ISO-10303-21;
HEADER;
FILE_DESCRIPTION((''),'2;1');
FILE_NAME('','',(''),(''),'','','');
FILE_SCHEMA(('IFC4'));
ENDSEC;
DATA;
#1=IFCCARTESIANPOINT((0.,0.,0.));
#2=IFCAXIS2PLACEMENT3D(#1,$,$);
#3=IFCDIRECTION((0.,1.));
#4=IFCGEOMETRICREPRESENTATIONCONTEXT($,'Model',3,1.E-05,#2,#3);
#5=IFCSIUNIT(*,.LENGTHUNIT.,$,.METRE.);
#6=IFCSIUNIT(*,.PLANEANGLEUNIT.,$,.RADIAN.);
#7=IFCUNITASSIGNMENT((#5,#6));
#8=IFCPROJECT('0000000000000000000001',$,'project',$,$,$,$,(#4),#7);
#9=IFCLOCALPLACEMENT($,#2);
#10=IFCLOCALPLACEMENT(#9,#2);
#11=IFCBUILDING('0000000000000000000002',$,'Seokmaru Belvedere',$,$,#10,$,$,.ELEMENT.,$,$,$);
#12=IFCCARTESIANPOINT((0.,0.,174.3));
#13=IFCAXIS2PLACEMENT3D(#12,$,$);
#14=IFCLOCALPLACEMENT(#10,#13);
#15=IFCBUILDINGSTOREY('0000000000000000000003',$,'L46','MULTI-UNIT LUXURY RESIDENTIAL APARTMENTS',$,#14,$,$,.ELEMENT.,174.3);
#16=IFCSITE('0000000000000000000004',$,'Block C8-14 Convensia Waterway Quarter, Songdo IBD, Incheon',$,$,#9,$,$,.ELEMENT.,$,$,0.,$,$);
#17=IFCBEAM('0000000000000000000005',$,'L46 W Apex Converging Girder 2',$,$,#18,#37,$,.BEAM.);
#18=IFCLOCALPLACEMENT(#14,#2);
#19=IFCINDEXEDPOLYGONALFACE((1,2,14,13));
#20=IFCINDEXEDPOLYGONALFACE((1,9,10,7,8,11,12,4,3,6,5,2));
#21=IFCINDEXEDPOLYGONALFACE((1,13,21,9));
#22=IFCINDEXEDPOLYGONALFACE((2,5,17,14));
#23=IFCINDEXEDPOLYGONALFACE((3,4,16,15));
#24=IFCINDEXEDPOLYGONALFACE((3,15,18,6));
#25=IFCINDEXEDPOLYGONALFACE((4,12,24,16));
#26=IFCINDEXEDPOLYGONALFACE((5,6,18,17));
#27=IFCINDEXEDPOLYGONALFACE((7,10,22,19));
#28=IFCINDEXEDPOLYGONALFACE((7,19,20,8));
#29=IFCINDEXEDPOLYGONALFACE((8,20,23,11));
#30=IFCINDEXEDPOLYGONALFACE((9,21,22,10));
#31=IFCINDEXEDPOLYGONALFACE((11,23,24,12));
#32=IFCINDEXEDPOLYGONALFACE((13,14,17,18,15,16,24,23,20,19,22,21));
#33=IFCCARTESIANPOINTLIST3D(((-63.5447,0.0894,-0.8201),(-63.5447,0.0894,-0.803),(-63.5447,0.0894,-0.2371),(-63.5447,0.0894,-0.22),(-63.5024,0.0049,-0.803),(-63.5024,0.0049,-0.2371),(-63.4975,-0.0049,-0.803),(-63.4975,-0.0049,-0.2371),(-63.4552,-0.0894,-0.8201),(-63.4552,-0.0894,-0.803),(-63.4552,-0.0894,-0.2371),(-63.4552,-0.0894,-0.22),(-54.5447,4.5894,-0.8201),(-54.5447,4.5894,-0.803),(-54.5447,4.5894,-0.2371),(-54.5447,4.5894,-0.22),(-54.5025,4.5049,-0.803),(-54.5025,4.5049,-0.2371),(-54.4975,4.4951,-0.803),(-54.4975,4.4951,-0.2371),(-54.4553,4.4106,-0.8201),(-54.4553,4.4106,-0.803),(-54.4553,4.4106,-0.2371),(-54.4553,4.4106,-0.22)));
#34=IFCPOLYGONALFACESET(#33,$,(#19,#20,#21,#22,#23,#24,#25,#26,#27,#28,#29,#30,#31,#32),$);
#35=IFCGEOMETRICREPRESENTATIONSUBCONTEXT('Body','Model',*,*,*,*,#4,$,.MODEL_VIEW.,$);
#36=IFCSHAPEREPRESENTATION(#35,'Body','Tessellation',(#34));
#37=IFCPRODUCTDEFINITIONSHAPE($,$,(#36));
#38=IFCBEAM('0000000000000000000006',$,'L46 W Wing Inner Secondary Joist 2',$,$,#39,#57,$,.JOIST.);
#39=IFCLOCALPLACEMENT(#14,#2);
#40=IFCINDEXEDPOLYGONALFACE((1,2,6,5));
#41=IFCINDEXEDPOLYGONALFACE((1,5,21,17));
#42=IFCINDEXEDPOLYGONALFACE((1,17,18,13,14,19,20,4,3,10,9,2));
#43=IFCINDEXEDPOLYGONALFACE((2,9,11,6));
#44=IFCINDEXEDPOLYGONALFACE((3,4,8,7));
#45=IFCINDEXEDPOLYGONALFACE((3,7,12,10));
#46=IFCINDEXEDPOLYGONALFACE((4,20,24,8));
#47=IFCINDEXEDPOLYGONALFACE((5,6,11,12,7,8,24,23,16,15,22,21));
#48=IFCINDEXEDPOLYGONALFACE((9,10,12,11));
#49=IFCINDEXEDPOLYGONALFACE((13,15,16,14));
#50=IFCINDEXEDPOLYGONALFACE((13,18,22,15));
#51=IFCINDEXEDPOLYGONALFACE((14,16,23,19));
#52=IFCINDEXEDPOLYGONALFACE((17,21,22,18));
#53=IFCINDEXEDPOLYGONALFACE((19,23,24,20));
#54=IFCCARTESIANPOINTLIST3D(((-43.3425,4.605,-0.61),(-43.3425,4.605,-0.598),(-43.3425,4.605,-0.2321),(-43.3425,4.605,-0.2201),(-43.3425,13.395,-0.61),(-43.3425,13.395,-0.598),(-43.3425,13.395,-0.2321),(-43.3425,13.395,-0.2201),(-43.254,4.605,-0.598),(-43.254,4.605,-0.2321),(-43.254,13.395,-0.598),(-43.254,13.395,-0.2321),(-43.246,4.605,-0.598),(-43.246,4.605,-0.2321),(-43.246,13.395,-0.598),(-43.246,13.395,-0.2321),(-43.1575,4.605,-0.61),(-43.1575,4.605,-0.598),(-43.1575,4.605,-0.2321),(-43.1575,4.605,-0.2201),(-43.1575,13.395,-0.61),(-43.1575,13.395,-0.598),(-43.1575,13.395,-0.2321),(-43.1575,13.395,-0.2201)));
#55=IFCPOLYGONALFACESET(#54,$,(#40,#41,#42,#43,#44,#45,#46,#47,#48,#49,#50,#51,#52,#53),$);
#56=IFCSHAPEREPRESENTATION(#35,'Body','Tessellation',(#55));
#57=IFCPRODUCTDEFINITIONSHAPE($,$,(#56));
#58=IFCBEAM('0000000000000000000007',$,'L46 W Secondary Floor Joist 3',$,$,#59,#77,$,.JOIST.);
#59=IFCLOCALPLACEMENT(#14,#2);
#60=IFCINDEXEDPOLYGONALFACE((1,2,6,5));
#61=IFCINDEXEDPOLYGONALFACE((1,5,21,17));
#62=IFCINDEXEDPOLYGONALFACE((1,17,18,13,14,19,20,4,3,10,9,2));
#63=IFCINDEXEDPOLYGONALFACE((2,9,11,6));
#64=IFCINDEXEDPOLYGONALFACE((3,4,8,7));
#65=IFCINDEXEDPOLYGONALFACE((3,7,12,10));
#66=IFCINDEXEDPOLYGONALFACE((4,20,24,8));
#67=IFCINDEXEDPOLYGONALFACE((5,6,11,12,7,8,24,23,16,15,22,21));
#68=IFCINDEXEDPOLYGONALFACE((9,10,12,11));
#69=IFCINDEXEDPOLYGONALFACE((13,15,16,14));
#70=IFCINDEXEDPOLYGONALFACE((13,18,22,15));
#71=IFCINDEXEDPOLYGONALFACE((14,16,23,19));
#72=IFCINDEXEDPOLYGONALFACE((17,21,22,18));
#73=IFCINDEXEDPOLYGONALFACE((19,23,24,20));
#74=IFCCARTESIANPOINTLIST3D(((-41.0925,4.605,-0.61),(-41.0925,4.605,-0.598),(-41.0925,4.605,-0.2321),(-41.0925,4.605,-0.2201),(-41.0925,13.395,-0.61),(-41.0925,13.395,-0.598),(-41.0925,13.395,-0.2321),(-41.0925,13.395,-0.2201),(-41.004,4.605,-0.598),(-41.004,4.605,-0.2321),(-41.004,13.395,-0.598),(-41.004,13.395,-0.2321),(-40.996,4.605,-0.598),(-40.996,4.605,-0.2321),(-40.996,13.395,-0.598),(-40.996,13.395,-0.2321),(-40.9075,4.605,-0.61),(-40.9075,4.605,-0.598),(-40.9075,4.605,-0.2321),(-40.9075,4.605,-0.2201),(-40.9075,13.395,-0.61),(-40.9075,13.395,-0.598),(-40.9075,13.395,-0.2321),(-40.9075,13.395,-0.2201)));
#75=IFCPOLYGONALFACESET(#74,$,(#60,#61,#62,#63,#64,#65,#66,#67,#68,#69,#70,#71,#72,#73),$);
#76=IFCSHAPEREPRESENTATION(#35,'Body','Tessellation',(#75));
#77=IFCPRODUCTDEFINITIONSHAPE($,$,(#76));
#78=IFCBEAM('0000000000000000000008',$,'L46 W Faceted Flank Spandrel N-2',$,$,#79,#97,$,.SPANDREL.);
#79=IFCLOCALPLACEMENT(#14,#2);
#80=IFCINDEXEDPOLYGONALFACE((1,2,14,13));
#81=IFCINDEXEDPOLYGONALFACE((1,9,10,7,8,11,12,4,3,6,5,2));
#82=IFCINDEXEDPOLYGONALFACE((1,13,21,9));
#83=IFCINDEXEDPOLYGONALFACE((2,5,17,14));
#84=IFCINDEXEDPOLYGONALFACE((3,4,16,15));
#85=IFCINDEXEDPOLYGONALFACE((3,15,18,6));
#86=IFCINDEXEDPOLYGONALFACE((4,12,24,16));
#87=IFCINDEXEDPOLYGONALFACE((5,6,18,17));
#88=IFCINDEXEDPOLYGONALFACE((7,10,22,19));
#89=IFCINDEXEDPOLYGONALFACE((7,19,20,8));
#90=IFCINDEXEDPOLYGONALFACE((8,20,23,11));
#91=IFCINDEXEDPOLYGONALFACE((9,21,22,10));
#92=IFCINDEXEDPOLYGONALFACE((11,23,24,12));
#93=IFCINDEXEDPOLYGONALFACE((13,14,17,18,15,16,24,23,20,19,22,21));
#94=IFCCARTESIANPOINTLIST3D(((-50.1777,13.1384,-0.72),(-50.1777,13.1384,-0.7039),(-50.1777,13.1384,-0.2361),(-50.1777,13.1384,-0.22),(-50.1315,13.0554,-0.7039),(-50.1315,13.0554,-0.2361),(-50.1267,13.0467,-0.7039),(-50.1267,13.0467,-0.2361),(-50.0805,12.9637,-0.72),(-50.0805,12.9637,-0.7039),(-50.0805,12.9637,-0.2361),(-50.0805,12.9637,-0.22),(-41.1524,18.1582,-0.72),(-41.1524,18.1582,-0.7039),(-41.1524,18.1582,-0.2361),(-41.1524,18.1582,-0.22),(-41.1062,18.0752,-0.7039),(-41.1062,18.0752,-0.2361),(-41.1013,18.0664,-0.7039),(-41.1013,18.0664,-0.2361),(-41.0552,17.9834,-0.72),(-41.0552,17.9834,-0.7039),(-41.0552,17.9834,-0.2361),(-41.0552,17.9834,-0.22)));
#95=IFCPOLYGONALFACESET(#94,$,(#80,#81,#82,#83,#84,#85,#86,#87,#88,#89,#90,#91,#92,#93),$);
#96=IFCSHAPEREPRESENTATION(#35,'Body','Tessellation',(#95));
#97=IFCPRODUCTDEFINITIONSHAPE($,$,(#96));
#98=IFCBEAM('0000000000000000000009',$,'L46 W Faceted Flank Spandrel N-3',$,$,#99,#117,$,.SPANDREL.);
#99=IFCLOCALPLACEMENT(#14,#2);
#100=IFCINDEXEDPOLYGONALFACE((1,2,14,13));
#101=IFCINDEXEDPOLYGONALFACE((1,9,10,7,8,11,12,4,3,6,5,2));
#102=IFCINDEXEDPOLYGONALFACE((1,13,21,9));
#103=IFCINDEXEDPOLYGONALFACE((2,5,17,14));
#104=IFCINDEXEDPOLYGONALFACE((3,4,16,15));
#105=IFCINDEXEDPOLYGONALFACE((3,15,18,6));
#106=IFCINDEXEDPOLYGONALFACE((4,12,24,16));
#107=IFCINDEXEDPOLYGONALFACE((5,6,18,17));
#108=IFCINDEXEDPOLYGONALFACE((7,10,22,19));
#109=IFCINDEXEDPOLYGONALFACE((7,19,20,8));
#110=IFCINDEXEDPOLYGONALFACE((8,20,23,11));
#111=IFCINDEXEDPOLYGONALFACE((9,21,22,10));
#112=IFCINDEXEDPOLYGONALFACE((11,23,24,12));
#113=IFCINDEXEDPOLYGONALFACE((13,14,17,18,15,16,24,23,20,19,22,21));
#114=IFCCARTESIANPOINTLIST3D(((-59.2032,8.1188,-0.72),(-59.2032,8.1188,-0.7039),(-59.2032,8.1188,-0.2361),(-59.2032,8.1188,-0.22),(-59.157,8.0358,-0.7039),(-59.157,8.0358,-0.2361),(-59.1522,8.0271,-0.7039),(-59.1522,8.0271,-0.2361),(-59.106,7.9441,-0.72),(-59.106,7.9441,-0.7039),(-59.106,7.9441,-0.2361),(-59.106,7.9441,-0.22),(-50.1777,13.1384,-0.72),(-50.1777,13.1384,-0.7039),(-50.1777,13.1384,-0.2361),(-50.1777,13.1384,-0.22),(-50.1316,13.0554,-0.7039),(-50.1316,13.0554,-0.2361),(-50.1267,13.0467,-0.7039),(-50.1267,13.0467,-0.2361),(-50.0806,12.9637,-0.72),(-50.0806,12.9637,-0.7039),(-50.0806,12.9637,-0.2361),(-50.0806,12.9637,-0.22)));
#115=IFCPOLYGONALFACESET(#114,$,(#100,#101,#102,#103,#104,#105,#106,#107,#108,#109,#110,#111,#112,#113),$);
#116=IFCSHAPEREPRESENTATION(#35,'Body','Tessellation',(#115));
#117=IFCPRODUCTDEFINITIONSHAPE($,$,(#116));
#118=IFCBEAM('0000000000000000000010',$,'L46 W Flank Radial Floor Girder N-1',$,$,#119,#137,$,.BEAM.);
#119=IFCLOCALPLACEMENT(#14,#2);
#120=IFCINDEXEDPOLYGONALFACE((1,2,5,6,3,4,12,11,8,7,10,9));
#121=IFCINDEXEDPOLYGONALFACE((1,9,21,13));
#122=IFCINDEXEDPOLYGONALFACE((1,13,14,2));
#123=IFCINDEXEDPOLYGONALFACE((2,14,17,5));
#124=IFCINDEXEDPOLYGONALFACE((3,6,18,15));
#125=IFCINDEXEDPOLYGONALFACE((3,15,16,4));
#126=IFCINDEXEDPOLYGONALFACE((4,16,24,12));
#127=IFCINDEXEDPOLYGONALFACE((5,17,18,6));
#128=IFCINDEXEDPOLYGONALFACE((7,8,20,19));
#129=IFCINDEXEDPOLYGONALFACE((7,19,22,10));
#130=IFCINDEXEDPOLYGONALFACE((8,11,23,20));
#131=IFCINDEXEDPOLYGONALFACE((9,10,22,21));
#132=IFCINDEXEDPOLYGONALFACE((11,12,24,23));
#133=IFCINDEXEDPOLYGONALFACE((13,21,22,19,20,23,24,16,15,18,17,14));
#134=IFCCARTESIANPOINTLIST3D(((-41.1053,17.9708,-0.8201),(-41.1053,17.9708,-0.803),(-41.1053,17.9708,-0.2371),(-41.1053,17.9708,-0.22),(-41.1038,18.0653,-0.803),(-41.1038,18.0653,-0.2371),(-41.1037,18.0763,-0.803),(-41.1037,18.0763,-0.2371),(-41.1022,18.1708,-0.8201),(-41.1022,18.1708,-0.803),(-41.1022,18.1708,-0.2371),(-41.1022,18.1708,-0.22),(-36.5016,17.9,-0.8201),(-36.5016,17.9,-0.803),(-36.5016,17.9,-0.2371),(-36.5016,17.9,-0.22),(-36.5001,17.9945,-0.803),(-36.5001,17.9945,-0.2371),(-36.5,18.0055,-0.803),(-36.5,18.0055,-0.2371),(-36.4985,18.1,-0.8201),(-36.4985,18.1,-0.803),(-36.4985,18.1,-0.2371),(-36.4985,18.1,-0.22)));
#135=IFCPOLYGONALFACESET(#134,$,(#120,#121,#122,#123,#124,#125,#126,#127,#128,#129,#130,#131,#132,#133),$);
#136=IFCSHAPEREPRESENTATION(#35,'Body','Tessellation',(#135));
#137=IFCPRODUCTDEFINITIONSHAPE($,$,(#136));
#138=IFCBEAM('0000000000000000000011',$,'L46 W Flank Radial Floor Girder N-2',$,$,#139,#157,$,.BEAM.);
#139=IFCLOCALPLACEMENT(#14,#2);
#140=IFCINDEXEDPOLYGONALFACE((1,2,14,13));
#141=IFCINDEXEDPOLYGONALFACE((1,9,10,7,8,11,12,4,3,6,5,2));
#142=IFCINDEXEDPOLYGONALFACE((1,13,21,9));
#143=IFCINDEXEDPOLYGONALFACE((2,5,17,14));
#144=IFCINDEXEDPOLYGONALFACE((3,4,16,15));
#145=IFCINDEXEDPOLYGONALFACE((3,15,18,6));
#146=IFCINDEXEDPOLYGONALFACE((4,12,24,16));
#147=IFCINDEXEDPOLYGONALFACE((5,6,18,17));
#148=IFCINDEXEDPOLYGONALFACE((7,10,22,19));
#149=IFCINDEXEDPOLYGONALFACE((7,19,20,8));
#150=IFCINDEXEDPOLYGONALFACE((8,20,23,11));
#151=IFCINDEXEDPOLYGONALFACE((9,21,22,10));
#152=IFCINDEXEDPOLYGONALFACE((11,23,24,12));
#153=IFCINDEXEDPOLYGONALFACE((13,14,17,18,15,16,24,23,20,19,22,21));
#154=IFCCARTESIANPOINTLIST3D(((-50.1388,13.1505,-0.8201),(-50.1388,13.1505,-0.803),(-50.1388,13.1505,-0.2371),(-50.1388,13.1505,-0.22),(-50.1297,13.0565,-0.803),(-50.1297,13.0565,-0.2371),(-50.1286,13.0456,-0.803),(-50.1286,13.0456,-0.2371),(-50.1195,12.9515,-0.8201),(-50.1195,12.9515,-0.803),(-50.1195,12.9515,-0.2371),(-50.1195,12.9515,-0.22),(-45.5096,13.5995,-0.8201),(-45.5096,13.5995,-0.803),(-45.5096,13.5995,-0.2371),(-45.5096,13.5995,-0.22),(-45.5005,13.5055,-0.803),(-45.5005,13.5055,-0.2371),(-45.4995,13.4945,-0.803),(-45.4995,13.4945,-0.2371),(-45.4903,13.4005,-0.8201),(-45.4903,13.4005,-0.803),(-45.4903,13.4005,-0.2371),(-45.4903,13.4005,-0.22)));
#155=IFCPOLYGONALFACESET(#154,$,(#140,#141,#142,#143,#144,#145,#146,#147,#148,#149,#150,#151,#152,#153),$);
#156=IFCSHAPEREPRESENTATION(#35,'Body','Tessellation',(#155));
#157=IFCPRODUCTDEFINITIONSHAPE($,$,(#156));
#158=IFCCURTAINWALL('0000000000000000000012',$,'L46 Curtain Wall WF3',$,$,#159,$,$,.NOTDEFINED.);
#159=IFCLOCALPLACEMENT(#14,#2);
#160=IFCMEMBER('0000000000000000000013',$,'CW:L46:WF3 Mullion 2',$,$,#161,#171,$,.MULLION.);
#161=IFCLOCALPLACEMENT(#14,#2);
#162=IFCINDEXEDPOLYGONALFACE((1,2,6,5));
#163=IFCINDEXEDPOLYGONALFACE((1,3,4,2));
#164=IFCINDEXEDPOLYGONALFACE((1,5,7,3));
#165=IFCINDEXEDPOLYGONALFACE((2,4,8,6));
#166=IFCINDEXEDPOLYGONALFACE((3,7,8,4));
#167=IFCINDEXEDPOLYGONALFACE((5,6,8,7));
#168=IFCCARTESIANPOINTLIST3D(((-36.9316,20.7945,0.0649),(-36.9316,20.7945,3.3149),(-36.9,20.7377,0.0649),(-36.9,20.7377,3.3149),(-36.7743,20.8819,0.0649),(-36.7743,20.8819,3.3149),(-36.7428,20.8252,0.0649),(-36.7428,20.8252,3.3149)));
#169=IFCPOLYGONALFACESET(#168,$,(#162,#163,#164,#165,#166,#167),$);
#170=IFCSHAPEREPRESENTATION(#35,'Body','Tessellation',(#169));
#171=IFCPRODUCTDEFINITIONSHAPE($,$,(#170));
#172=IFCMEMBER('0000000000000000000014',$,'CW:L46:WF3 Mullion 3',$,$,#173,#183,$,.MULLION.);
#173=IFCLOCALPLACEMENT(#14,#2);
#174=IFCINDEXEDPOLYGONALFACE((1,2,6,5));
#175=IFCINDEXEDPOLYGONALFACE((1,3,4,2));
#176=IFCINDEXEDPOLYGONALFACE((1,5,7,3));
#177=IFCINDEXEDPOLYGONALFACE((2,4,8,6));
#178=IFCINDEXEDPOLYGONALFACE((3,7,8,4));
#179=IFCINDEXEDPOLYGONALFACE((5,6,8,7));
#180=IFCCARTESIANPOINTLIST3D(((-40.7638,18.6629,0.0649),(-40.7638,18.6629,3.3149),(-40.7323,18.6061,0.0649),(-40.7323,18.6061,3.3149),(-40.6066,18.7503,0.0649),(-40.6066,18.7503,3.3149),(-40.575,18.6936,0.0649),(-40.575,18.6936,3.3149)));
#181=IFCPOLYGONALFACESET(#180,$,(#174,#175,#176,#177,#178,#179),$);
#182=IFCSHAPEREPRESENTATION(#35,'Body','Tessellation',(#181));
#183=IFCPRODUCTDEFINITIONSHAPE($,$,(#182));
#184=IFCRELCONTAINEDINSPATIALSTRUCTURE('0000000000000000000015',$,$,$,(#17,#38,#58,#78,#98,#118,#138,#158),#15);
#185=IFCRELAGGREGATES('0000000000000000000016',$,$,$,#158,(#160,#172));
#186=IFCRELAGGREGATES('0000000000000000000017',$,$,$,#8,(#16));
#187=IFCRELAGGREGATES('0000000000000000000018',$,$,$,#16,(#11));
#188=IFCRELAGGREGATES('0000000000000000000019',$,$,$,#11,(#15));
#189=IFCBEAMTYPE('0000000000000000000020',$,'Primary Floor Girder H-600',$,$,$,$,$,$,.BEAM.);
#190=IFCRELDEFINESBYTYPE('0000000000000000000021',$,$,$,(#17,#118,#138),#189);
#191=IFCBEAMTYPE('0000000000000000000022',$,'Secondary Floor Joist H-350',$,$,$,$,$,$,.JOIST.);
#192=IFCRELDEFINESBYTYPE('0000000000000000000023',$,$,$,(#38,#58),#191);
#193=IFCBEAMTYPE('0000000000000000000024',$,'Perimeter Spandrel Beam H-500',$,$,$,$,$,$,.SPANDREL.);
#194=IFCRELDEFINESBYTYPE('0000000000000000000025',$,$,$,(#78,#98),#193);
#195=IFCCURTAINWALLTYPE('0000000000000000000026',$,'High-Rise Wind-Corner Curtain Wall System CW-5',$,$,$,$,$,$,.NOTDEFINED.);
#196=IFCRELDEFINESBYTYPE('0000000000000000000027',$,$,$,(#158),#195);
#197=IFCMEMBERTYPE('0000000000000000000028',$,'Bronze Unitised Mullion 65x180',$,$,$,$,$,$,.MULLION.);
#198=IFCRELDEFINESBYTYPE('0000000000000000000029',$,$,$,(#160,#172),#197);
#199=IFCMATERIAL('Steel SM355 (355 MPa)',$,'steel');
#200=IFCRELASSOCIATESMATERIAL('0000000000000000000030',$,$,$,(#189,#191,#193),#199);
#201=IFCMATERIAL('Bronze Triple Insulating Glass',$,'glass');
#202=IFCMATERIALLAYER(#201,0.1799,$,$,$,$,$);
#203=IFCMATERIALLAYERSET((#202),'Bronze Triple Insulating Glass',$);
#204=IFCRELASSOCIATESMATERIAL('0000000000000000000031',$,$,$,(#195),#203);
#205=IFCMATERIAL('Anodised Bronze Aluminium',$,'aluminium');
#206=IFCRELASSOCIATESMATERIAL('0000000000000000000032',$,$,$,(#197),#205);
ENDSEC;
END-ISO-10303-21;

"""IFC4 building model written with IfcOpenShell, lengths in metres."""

from ifc_helpers import new_model, si_unit, direction, frame, origin, origin_2d, place, context, subcontext, project, spatial, rectangle, i_section, extrude, source, transform, mapped, material, layer, layer_set, material_profile, profile_set, type_object, type_shapes, element, aggregate, save


model = new_model("IFC4")

# Units and contexts
model_context = context("Model", 3, precision=1e-05, world=origin(), true_north=direction((0.0, 1.0)))
body_context = subcontext(model_context, "Body", "Model", "MODEL_VIEW")
ifc_project = project(units=[si_unit("LENGTHUNIT", "METRE"), si_unit("PLANEANGLEUNIT", "RADIAN")], contexts=[model_context])

# Site, building, storey
site_placement = place(None, origin())
site = spatial("IfcSite", under=ifc_project, at=site_placement, Name="Block C8-14 Convensia Waterway Quarter, Songdo IBD, Incheon", CompositionType="ELEMENT", RefElevation=0.0)
building_placement = place(site_placement, origin())
building = spatial("IfcBuilding", under=site, at=building_placement, Name="Seokmaru Belvedere", CompositionType="ELEMENT")
storey_placement = place(building_placement, frame((0.0, 0.0, 174.3)))
storey = spatial("IfcBuildingStorey", under=building, at=storey_placement, Name="L46", Description="MULTI-UNIT LUXURY RESIDENTIAL APARTMENTS", CompositionType="ELEMENT", Elevation=174.3)

# Shared definitions
ifc_material_1 = material(Name="Steel SM355 (355 MPa)", Category="steel")

# Beams
ifc_material_profile_1 = material_profile(ifc_material_1, i_section(OverallWidth=0.2, OverallDepth=0.6001, WebThickness=0.011, FlangeThickness=0.0171, at=origin_2d()), Name="H-600x200x11x17")
ifc_profile_set_1 = profile_set([ifc_material_profile_1], Name="Steel SM355 (355 MPa)")
beam_type_1 = type_object("IfcBeamType", Name="Primary Floor Girder H-600", PredefinedType="BEAM", material=ifc_profile_set_1)
shared_shape_1 = source(origin(), body_context, "Body", "SweptSolid", [
    extrude(i_section(OverallWidth=0.2, OverallDepth=0.6001, WebThickness=0.011, FlangeThickness=0.0171, at=origin_2d()), origin(), (0.0, 0.0, 1.0), 10.0623),
])
beam_1_placement = place(storey_placement, frame((-54.5, 4.5, -0.52), z_axis=(-0.894427, -0.447214, 0.0), x_axis=(0.447214, -0.894427, 0.0)))
element("IfcBeam", 1, at=beam_1_placement, inside=storey, type_object=beam_type_1, Name="L46 W Apex Converging Girder 2", PredefinedType="BEAM", context=body_context, shape_type="MappedRepresentation", body=[
    mapped(shared_shape_1, transform((0.0, 0.0, 0.0), scale=1.0)),
])
ifc_material_profile_2 = material_profile(ifc_material_1, i_section(OverallWidth=0.1851, OverallDepth=0.3899, WebThickness=0.0081, FlangeThickness=0.012, at=origin_2d()), Name="H-390x185x8x12")
ifc_profile_set_2 = profile_set([ifc_material_profile_2], Name="Steel SM355 (355 MPa)")
beam_type_2 = type_object("IfcBeamType", Name="Secondary Floor Joist H-350", PredefinedType="JOIST", material=ifc_profile_set_2)
shared_shape_2 = source(origin(), body_context, "Body", "SweptSolid", [
    extrude(i_section(OverallWidth=0.1851, OverallDepth=0.3899, WebThickness=0.0081, FlangeThickness=0.012, at=origin_2d()), origin(), (0.0, 0.0, 1.0), 8.79),
])
type_shapes(beam_type_2, [shared_shape_2])
for number, where, z_axis, x_axis, name in (
    (2, (-43.25, 4.605, -0.415), (0.0, 1.0, 0.0), (-1.0, 0.0, 0.0), "L46 W Wing Inner Secondary Joist 2"),
    (3, (-41.0, 4.605, -0.415), (0.0, 1.0, 0.0), (-1.0, 0.0, 0.0), "L46 W Secondary Floor Joist 3"),
):
    element("IfcBeam", number, at=place(storey_placement, frame(where, z_axis=z_axis, x_axis=x_axis)), inside=storey, type_object=beam_type_2, Name=name, PredefinedType="JOIST", context=body_context, shape_type="MappedRepresentation", body=[
        mapped(shared_shape_2, transform((0.0, 0.0, 0.0), scale=1.0)),
    ])
ifc_material_profile_3 = material_profile(ifc_material_1, i_section(OverallWidth=0.2, OverallDepth=0.5, WebThickness=0.01, FlangeThickness=0.0161, at=origin_2d()), Name="H-500x200x10x16")
ifc_profile_set_3 = profile_set([ifc_material_profile_3], Name="Steel SM355 (355 MPa)")
beam_type_3 = type_object("IfcBeamType", Name="Perimeter Spandrel Beam H-500", PredefinedType="SPANDREL", material=ifc_profile_set_3)
shared_shape_3 = source(origin(), body_context, "Body", "SweptSolid", [
    extrude(i_section(OverallWidth=0.2, OverallDepth=0.5, WebThickness=0.01, FlangeThickness=0.0161, at=origin_2d()), origin(), (0.0, 0.0, 1.0), 10.3274),
])
type_shapes(beam_type_3, [shared_shape_3])
for number, where, z_axis, x_axis, name in (
    (4, (-41.1038, 18.0708, -0.47), (-0.873924, -0.486062, 0.0), (0.486062, -0.873924, 0.0), "L46 W Faceted Flank Spandrel N-2"),
    (5, (-50.1292, 13.051, -0.47), (-0.873934, -0.486044, 0.0), (0.486044, -0.873934, 0.0), "L46 W Faceted Flank Spandrel N-3"),
):
    element("IfcBeam", number, at=place(storey_placement, frame(where, z_axis=z_axis, x_axis=x_axis)), inside=storey, type_object=beam_type_3, Name=name, PredefinedType="SPANDREL", context=body_context, shape_type="MappedRepresentation", body=[
        mapped(shared_shape_3, transform((0.0, 0.0, 0.0), scale=1.0)),
    ])
shared_shape_4 = source(origin(), body_context, "Body", "SweptSolid", [
    extrude(i_section(OverallWidth=0.2, OverallDepth=0.6001, WebThickness=0.011, FlangeThickness=0.0171, at=origin_2d()), origin(), (0.0, 0.0, 1.0), 4.6042),
])
beam_2_placement = place(storey_placement, frame((-41.1038, 18.0708, -0.52), z_axis=(0.999882, -0.015377, 0.0), x_axis=(0.015377, 0.999882, 0.0)))
element("IfcBeam", 6, at=beam_2_placement, inside=storey, type_object=beam_type_1, Name="L46 W Flank Radial Floor Girder N-1", PredefinedType="BEAM", context=body_context, shape_type="MappedRepresentation", body=[
    mapped(shared_shape_4, transform((0.0, 0.0, 0.0), scale=1.0)),
])
shared_shape_5 = source(origin(), body_context, "Body", "SweptSolid", [
    extrude(i_section(OverallWidth=0.2, OverallDepth=0.6001, WebThickness=0.011, FlangeThickness=0.0171, at=origin_2d()), origin(), (0.0, 0.0, 1.0), 4.6509),
])
beam_3_placement = place(storey_placement, frame((-50.1292, 13.051, -0.52), z_axis=(0.99533, 0.096536, 0.0), x_axis=(-0.096536, 0.99533, 0.0)))
element("IfcBeam", 7, at=beam_3_placement, inside=storey, type_object=beam_type_1, Name="L46 W Flank Radial Floor Girder N-2", PredefinedType="BEAM", context=body_context, shape_type="MappedRepresentation", body=[
    mapped(shared_shape_5, transform((0.0, 0.0, 0.0), scale=1.0)),
])

# Curtain wall, members
ifc_material_2 = material(Name="Bronze Triple Insulating Glass", Category="glass")
ifc_layer_1 = layer(ifc_material_2, 0.1799)
ifc_layer_set_1 = layer_set([ifc_layer_1], Name="Bronze Triple Insulating Glass")
curtain_wall_type = type_object("IfcCurtainWallType", Name="High-Rise Wind-Corner Curtain Wall System CW-5", PredefinedType="NOTDEFINED", material=ifc_layer_set_1)
curtain_wall_placement = place(storey_placement, origin())
curtain_wall = element("IfcCurtainWall", 8, at=curtain_wall_placement, inside=storey, type_object=curtain_wall_type, Name="L46 Curtain Wall WF3", PredefinedType="NOTDEFINED")
ifc_material_3 = material(Name="Anodised Bronze Aluminium", Category="aluminium")
ifc_material_profile_4 = material_profile(ifc_material_3, rectangle(XDim=0.0649, YDim=0.1799, at=origin_2d()), Name="CW-M-65x180")
ifc_profile_set_4 = profile_set([ifc_material_profile_4], Name="Anodised Bronze Aluminium")
member_type = type_object("IfcMemberType", Name="Bronze Unitised Mullion 65x180", PredefinedType="MULLION", material=ifc_profile_set_4)
shared_shape_6 = source(origin(), body_context, "Body", "SweptSolid", [
    extrude(rectangle(XDim=0.0649, YDim=0.1799, at=origin_2d()), origin(), (0.0, 0.0, 1.0), 3.25),
])
type_shapes(member_type, [shared_shape_6])
member_1_placement = place(storey_placement, frame((-36.8372, 20.8098, 0.0649), z_axis=(0.0, 0.0, 1.0), x_axis=(0.486047, -0.873933, 0.0)))
member_1 = element("IfcMember", 9, at=member_1_placement, type_object=member_type, Name="CW:L46:WF3 Mullion 2", PredefinedType="MULLION", context=body_context, shape_type="MappedRepresentation", body=[
    mapped(shared_shape_6, transform((0.0, 0.0, 0.0), scale=1.0)),
])
member_2_placement = place(storey_placement, frame((-40.6694, 18.6782, 0.0649), z_axis=(0.0, 0.0, 1.0), x_axis=(0.486047, -0.873933, 0.0)))
member_2 = element("IfcMember", 10, at=member_2_placement, type_object=member_type, Name="CW:L46:WF3 Mullion 3", PredefinedType="MULLION", context=body_context, shape_type="MappedRepresentation", body=[
    mapped(shared_shape_6, transform((0.0, 0.0, 0.0), scale=1.0)),
])
aggregate(curtain_wall, [member_1, member_2])

save(model, "model.ifc")
